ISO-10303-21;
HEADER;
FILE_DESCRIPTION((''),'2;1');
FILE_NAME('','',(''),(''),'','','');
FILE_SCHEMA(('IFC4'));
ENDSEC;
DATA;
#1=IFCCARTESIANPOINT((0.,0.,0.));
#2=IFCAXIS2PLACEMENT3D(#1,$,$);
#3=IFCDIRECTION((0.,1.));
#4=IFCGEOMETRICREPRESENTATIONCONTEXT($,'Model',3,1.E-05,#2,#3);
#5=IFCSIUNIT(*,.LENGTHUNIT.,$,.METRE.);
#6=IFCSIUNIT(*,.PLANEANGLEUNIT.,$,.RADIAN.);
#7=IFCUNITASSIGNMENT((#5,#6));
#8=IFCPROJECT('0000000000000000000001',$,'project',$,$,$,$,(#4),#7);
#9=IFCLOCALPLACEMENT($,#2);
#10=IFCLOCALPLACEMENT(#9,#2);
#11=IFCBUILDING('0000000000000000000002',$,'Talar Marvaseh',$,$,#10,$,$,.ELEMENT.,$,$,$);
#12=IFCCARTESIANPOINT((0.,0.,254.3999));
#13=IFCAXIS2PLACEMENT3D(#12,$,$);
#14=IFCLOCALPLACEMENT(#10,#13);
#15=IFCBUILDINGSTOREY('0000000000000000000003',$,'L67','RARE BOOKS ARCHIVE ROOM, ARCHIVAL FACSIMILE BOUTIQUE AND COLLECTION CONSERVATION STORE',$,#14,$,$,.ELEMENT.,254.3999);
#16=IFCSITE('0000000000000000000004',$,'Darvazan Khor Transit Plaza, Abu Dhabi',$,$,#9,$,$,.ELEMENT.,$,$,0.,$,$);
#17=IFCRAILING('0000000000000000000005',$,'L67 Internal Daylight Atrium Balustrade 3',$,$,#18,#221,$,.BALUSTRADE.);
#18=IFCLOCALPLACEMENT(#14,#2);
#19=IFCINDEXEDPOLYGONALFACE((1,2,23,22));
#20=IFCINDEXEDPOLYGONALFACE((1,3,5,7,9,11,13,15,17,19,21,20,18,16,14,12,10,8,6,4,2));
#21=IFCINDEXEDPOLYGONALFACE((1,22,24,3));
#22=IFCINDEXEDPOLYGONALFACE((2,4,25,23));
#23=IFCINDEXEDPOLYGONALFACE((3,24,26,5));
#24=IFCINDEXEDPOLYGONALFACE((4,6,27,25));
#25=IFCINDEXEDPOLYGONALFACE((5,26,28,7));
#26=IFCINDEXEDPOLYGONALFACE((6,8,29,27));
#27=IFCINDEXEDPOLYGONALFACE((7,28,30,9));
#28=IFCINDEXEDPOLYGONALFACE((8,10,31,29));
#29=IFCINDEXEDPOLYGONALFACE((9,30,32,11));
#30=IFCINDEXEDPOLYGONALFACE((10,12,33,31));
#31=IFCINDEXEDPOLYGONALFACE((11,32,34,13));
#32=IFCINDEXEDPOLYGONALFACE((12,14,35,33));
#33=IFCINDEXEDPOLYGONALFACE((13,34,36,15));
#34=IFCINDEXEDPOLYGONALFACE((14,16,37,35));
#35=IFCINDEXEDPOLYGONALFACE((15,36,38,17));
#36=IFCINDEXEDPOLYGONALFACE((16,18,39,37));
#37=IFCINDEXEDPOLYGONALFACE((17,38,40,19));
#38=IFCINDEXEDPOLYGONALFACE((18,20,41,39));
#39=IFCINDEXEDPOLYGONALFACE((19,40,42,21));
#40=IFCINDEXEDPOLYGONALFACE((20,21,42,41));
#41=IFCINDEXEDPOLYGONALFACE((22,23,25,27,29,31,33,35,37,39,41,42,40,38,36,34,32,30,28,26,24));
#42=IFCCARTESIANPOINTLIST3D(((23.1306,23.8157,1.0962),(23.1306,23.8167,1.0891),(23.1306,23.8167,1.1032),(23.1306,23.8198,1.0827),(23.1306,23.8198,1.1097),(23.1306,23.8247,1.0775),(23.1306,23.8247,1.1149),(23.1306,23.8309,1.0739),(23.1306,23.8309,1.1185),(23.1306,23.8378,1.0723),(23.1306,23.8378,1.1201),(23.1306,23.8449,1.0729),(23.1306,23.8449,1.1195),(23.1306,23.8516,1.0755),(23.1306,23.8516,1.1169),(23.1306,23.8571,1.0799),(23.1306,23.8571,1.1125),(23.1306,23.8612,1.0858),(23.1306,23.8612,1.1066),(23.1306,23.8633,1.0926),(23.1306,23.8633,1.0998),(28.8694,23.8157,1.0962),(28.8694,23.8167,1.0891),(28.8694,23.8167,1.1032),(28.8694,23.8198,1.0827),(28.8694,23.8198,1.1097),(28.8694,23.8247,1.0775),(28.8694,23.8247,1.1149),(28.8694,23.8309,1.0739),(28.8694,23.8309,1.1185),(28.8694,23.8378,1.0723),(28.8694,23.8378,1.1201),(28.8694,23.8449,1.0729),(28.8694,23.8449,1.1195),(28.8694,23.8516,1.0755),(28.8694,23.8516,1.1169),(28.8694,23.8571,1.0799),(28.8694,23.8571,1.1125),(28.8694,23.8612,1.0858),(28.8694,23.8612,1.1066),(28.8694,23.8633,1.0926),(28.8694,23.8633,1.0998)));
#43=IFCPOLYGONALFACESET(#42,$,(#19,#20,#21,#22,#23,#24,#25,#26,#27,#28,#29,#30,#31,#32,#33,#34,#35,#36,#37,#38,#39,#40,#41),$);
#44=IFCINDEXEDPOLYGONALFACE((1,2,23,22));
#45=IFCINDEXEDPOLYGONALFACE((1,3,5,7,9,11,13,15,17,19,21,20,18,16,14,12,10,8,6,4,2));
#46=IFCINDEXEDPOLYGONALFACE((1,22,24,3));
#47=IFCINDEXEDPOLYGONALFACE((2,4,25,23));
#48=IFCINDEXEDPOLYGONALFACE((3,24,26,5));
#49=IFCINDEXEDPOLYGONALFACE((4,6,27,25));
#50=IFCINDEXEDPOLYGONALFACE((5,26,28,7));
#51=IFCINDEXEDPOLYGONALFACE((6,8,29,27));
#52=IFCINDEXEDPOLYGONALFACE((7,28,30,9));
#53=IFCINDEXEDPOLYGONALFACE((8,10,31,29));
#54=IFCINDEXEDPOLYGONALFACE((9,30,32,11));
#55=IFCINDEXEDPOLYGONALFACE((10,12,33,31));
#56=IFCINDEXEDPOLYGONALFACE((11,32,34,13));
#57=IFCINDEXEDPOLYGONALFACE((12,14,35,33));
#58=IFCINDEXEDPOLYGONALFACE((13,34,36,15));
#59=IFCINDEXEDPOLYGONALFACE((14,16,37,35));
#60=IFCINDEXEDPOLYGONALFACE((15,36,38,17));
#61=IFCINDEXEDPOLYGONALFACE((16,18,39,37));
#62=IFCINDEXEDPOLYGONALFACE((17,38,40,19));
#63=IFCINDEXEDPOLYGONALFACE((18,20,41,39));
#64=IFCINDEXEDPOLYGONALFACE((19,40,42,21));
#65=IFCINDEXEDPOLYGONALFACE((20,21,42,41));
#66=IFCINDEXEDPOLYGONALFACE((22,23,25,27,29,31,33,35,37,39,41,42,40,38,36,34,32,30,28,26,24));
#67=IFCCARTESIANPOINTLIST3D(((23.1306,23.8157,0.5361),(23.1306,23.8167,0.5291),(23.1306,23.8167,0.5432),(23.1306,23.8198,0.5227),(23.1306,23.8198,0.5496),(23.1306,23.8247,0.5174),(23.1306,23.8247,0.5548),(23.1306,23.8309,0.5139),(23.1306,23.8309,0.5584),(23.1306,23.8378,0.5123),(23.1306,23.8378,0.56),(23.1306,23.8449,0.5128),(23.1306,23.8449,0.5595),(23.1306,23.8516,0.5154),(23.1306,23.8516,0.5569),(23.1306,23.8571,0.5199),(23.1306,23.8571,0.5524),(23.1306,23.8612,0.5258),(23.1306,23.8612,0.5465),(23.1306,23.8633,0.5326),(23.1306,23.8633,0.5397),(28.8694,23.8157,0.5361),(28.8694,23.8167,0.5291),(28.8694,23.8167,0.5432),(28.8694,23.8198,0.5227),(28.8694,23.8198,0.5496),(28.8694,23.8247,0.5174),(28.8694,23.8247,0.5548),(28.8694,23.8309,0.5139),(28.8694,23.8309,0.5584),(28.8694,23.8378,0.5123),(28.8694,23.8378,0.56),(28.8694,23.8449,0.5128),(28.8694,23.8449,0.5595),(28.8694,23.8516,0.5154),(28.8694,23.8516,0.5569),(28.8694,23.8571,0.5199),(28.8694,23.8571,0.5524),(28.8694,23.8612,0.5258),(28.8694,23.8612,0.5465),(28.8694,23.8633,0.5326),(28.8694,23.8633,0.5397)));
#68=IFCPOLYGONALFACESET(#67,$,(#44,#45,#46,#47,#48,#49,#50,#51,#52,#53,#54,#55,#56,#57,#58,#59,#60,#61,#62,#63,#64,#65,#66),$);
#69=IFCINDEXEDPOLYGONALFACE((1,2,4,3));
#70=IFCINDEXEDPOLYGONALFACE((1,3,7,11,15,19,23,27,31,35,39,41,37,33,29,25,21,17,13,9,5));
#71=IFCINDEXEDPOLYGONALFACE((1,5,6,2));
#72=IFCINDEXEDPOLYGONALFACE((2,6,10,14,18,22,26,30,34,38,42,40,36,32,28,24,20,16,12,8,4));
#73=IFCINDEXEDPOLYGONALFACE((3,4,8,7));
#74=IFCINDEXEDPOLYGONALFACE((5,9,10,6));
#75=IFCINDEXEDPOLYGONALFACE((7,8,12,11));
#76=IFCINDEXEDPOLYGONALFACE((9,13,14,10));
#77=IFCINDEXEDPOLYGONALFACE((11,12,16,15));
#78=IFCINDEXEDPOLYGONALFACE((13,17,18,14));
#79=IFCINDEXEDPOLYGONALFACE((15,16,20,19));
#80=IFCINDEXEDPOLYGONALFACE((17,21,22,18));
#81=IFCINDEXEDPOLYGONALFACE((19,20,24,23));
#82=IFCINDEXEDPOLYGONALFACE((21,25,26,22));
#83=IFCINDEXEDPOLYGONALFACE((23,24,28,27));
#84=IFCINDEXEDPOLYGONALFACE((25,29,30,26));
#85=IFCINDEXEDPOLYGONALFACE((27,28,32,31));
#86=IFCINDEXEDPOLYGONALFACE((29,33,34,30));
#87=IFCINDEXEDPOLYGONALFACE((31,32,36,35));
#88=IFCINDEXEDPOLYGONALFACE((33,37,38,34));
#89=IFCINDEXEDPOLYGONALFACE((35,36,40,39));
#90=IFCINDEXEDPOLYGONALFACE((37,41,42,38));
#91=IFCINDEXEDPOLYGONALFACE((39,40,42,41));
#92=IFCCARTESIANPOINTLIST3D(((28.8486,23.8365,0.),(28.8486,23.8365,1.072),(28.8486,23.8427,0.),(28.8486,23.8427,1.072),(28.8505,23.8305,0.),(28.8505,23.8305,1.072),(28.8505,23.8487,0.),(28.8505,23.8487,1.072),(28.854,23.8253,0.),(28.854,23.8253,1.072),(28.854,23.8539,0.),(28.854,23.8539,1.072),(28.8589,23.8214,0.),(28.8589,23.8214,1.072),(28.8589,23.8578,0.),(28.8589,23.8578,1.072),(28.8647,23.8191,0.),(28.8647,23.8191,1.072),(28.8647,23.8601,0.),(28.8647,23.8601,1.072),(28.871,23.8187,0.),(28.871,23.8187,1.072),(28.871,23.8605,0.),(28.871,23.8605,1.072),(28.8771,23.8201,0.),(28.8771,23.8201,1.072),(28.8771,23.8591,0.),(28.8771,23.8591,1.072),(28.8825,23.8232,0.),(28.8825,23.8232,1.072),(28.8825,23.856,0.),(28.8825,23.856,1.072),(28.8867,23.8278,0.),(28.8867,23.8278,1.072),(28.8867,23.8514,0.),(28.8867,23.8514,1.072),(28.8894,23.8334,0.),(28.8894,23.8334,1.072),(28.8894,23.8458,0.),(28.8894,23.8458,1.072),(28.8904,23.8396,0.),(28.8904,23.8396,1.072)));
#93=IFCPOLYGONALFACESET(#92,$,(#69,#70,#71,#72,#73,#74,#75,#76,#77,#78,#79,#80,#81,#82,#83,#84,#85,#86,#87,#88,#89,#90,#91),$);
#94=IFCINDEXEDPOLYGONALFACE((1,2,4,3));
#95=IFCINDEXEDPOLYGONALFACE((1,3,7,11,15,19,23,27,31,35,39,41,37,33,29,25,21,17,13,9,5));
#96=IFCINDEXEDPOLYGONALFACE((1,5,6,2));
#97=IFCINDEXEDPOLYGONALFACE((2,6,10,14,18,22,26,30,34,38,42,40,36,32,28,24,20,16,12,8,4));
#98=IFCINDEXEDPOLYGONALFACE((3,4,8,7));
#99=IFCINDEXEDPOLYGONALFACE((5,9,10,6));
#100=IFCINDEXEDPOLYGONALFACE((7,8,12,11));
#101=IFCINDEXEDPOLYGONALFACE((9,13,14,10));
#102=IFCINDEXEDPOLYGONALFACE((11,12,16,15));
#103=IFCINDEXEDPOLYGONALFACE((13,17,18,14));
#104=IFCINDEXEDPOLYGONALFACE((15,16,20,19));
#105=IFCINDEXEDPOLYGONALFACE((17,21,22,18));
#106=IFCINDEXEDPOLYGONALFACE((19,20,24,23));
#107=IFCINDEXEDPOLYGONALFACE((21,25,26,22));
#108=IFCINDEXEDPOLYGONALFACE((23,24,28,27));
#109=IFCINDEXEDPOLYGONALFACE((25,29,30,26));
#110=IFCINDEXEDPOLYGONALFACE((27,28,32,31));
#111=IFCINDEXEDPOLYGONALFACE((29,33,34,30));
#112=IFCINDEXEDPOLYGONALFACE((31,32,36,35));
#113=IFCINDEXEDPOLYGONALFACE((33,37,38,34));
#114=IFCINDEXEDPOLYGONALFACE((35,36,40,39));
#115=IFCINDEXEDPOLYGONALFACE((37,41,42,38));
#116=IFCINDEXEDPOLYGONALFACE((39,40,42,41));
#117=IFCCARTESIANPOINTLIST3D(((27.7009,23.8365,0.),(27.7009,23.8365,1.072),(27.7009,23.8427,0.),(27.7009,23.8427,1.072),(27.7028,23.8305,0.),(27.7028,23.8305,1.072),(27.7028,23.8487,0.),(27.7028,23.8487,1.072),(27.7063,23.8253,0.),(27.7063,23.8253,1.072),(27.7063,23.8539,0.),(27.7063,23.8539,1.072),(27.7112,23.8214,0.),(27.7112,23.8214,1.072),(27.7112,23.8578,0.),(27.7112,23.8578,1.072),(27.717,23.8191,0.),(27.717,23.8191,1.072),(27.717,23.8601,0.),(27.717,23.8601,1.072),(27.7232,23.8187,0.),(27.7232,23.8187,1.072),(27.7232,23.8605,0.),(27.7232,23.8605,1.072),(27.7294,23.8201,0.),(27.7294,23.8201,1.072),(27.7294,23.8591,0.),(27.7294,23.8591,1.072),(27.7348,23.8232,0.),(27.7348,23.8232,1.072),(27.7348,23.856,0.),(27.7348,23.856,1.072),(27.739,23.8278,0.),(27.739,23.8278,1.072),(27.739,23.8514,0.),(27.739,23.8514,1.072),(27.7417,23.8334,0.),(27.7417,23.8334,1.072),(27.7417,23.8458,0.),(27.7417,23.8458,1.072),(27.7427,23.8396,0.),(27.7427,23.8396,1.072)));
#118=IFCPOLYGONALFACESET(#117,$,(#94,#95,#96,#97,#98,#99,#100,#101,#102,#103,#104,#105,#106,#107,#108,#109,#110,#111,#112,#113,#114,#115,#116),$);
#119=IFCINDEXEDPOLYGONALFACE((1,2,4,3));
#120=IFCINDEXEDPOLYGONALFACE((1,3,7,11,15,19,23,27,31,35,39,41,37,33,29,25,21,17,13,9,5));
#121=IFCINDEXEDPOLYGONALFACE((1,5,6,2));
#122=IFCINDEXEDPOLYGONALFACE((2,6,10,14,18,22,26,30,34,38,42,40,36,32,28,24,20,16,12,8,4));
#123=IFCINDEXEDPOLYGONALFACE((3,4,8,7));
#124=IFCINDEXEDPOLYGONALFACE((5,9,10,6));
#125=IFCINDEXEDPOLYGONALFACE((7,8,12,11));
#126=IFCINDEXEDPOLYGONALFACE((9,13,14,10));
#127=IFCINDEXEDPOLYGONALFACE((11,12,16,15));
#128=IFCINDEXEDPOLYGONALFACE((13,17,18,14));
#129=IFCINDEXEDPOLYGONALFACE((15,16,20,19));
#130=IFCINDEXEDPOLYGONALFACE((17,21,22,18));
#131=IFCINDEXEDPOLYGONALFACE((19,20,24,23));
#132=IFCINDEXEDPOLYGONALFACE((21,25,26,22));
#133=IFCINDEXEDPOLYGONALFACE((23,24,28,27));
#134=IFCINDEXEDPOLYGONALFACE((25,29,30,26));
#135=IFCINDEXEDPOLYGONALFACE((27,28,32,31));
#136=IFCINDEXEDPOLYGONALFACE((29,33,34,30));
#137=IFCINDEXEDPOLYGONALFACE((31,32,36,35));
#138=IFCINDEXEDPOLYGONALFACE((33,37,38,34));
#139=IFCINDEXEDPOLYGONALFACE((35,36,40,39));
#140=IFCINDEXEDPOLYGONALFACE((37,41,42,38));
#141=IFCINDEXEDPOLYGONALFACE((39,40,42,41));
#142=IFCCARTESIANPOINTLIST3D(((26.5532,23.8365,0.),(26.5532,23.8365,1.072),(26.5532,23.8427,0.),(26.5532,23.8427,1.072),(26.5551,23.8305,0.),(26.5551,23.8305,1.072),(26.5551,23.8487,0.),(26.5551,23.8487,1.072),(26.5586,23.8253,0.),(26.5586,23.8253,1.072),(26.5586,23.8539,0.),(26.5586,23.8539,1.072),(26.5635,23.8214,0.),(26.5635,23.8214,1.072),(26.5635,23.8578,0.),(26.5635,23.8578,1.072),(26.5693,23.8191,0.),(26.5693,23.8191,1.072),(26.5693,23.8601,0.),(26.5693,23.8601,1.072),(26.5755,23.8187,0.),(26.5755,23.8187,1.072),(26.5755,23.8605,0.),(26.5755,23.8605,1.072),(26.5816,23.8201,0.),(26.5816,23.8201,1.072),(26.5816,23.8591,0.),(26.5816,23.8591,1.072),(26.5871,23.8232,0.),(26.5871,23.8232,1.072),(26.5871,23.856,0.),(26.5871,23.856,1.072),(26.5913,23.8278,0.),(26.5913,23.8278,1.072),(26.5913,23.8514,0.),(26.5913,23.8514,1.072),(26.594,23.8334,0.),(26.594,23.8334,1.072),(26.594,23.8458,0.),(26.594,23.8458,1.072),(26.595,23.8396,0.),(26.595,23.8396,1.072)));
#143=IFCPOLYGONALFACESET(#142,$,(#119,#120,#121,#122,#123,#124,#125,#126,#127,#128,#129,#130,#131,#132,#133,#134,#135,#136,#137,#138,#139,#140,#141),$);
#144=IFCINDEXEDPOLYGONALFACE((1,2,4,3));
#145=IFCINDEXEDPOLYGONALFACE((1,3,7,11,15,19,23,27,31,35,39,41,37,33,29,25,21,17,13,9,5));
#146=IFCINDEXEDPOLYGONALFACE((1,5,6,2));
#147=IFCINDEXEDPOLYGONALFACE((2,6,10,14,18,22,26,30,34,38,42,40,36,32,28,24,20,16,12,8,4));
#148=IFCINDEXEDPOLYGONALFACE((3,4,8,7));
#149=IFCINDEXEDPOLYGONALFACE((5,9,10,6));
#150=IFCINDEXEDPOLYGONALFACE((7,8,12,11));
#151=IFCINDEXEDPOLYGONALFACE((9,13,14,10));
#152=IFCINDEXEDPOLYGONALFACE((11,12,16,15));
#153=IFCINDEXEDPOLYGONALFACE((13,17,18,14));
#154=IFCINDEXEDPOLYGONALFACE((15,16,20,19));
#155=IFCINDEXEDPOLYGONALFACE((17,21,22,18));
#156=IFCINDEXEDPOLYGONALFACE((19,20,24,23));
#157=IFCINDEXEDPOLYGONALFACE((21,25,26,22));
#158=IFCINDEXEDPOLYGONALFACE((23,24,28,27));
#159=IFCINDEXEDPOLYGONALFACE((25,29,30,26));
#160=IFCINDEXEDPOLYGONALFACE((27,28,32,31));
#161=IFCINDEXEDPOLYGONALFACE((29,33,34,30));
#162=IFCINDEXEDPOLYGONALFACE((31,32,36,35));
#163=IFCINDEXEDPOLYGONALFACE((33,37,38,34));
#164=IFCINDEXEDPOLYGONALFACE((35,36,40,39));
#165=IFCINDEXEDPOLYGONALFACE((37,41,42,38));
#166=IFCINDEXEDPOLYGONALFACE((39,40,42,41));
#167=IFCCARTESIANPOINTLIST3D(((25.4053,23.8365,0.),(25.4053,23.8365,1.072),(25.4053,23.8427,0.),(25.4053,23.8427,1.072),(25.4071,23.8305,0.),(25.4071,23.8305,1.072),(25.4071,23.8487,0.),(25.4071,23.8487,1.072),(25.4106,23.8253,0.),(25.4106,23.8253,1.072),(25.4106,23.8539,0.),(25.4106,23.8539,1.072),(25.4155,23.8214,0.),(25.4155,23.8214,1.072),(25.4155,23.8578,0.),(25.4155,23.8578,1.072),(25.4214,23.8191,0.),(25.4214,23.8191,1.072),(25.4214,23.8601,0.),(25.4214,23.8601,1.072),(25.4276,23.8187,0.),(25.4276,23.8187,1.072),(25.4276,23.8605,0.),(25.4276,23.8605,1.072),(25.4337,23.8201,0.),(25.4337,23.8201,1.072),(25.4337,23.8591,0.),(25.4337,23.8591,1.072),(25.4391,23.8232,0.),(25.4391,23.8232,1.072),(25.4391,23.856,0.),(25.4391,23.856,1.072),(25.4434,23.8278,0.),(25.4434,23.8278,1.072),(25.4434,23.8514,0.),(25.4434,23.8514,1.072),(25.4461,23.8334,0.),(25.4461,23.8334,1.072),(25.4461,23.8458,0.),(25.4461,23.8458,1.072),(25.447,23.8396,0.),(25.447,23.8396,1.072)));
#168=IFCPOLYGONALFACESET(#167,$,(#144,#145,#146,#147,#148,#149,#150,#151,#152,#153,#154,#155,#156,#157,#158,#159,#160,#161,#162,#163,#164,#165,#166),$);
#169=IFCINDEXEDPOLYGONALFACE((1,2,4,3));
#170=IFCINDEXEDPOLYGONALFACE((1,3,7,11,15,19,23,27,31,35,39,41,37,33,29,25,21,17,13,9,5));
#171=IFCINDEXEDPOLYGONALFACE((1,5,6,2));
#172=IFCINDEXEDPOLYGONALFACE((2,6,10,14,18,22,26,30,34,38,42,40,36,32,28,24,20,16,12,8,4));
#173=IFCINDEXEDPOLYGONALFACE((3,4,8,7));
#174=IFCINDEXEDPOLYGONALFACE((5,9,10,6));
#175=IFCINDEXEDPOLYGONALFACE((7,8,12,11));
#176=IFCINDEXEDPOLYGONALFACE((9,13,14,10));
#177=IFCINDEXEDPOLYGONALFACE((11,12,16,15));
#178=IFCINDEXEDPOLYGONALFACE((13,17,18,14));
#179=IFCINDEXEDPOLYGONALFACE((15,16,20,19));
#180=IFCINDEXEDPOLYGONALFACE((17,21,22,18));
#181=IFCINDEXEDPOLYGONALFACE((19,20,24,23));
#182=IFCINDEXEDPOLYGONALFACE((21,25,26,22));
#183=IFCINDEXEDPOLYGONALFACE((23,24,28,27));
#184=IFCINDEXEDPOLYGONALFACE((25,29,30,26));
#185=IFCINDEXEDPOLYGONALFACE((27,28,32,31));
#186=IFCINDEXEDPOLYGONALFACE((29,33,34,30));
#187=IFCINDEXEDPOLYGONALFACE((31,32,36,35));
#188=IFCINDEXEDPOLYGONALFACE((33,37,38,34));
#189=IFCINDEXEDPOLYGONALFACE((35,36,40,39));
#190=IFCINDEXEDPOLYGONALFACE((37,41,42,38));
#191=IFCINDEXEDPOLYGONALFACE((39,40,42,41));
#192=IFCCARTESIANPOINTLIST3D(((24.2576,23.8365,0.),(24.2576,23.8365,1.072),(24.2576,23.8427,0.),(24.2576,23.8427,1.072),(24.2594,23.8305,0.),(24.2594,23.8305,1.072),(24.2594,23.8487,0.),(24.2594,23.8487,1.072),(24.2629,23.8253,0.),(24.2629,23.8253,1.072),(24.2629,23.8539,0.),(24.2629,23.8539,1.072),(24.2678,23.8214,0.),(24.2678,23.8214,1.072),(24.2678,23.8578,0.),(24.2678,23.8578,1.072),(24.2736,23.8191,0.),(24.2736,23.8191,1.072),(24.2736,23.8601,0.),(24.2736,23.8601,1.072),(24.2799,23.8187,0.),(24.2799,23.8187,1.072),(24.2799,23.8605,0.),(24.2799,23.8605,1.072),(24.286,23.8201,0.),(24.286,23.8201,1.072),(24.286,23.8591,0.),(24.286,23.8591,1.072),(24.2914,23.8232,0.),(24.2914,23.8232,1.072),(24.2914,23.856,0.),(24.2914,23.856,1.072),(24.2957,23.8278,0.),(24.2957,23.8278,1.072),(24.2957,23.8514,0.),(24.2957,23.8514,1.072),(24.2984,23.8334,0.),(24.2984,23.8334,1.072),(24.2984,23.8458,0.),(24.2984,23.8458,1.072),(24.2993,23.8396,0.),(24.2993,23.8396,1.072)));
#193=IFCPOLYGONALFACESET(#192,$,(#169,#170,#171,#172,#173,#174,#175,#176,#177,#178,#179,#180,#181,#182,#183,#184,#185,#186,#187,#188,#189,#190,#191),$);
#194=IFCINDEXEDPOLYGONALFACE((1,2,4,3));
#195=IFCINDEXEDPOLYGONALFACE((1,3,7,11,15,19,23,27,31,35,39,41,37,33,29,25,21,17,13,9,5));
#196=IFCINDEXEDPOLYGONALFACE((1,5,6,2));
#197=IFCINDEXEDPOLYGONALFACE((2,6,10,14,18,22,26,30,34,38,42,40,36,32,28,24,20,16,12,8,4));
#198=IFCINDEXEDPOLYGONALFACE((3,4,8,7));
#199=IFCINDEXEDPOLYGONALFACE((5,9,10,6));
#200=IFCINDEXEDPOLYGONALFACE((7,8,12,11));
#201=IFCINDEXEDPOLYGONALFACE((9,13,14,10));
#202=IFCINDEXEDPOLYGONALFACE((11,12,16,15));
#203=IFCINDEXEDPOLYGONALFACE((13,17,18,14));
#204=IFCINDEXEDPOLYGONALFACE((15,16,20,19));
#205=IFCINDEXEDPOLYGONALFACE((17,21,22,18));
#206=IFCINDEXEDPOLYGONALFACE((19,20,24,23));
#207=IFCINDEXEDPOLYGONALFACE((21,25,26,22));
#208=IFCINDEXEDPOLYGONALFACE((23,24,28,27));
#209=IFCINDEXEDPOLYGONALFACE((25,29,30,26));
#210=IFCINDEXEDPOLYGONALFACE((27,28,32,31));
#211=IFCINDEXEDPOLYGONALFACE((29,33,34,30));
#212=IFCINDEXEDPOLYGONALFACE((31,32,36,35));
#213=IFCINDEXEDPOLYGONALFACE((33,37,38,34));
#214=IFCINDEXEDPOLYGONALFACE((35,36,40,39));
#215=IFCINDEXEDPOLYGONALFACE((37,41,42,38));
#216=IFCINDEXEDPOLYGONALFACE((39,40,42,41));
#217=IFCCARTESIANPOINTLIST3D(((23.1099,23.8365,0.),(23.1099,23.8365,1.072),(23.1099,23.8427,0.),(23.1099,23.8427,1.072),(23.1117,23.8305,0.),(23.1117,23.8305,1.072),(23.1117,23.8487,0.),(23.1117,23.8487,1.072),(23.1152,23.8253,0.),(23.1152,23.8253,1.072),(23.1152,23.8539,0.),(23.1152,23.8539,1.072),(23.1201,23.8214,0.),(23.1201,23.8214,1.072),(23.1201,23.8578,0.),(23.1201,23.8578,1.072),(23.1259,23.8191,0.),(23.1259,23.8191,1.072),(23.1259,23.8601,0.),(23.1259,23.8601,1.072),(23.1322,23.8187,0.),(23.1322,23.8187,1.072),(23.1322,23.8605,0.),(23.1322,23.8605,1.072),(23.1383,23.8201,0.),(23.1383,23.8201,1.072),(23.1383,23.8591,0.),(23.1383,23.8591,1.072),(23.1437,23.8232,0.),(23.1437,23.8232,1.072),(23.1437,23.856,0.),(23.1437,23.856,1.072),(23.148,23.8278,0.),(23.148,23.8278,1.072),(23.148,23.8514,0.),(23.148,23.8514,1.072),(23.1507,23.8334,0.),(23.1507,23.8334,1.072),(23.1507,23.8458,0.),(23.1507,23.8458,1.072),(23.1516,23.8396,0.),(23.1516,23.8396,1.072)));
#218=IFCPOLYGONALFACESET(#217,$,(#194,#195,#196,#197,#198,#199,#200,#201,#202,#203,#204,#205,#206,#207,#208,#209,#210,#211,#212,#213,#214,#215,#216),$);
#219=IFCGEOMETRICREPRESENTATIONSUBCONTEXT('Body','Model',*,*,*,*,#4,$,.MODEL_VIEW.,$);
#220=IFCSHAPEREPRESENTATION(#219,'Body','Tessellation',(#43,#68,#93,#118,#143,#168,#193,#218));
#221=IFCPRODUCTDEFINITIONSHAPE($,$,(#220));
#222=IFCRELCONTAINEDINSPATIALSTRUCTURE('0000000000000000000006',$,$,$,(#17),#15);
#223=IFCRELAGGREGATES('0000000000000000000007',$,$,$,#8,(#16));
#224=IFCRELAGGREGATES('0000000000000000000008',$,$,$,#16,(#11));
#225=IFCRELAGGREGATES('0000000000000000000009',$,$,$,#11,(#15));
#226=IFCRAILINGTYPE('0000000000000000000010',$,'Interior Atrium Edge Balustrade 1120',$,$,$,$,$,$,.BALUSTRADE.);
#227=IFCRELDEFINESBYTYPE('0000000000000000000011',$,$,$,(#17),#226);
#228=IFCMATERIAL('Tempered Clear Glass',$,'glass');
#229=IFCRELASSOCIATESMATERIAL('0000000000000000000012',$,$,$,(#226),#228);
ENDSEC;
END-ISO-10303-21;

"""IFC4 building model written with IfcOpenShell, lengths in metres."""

from ifc_helpers import new_model, si_unit, direction, frame, origin, origin_2d, place, context, subcontext, project, spatial, circle, extrude, material, type_object, element, save


model = new_model("IFC4")

# Units and contexts
model_context = context("Model", 3, precision=1e-05, world=origin(), true_north=direction((0.0, 1.0)))
body_context = subcontext(model_context, "Body", "Model", "MODEL_VIEW")
ifc_project = project(units=[si_unit("LENGTHUNIT", "METRE"), si_unit("PLANEANGLEUNIT", "RADIAN")], contexts=[model_context])

# Site, building, storey
site_placement = place(None, origin())
site = spatial("IfcSite", under=ifc_project, at=site_placement, Name="Darvazan Khor Transit Plaza, Abu Dhabi", CompositionType="ELEMENT", RefElevation=0.0)
building_placement = place(site_placement, origin())
building = spatial("IfcBuilding", under=site, at=building_placement, Name="Talar Marvaseh", CompositionType="ELEMENT")
storey_placement = place(building_placement, frame((0.0, 0.0, 254.3999)))
storey = spatial("IfcBuildingStorey", under=building, at=storey_placement, Name="L67", Description="RARE BOOKS ARCHIVE ROOM, ARCHIVAL FACSIMILE BOUTIQUE AND COLLECTION CONSERVATION STORE", CompositionType="ELEMENT", Elevation=254.3999)

# Railing
ifc_material_1 = material(Name="Tempered Clear Glass", Category="glass")
railing_type = type_object("IfcRailingType", Name="Interior Atrium Edge Balustrade 1120", PredefinedType="BALUSTRADE", material=ifc_material_1)
railing_1_placement = place(storey_placement, frame((28.8694, 23.8396, 0.0)))
element("IfcRailing", 1, at=railing_1_placement, inside=storey, type_object=railing_type, Name="L67 Internal Daylight Atrium Balustrade 3", PredefinedType="BALUSTRADE", context=body_context, shape_type="SweptSolid", body=[
    extrude(circle(Radius=0.0239, at=origin_2d()), frame((0.0, 0.0, 1.0962), z_axis=(-1.0, 0.0, 0.0), x_axis=(0.0, -1.0, 0.0)), (0.0, 0.0, 1.0), 5.7388),
    extrude(circle(Radius=0.0239, at=origin_2d()), frame((0.0, 0.0, 0.5361), z_axis=(-1.0, 0.0, 0.0), x_axis=(0.0, -1.0, 0.0)), (0.0, 0.0, 1.0), 5.7388),
    extrude(circle(Radius=0.021, at=origin_2d()), origin(), (0.0, 0.0, 1.0), 1.072),
    extrude(circle(Radius=0.021, at=origin_2d()), frame((-1.1477, 0.0, 0.0)), (0.0, 0.0, 1.0), 1.072),
    extrude(circle(Radius=0.021, at=origin_2d()), frame((-2.2954, 0.0, 0.0)), (0.0, 0.0, 1.0), 1.072),
    extrude(circle(Radius=0.021, at=origin_2d()), frame((-3.4434, 0.0, 0.0)), (0.0, 0.0, 1.0), 1.072),
    extrude(circle(Radius=0.021, at=origin_2d()), frame((-4.5911, 0.0, 0.0)), (0.0, 0.0, 1.0), 1.072),
    extrude(circle(Radius=0.021, at=origin_2d()), frame((-5.7388, 0.0, 0.0)), (0.0, 0.0, 1.0), 1.072),
])

save(model, "model.ifc")
